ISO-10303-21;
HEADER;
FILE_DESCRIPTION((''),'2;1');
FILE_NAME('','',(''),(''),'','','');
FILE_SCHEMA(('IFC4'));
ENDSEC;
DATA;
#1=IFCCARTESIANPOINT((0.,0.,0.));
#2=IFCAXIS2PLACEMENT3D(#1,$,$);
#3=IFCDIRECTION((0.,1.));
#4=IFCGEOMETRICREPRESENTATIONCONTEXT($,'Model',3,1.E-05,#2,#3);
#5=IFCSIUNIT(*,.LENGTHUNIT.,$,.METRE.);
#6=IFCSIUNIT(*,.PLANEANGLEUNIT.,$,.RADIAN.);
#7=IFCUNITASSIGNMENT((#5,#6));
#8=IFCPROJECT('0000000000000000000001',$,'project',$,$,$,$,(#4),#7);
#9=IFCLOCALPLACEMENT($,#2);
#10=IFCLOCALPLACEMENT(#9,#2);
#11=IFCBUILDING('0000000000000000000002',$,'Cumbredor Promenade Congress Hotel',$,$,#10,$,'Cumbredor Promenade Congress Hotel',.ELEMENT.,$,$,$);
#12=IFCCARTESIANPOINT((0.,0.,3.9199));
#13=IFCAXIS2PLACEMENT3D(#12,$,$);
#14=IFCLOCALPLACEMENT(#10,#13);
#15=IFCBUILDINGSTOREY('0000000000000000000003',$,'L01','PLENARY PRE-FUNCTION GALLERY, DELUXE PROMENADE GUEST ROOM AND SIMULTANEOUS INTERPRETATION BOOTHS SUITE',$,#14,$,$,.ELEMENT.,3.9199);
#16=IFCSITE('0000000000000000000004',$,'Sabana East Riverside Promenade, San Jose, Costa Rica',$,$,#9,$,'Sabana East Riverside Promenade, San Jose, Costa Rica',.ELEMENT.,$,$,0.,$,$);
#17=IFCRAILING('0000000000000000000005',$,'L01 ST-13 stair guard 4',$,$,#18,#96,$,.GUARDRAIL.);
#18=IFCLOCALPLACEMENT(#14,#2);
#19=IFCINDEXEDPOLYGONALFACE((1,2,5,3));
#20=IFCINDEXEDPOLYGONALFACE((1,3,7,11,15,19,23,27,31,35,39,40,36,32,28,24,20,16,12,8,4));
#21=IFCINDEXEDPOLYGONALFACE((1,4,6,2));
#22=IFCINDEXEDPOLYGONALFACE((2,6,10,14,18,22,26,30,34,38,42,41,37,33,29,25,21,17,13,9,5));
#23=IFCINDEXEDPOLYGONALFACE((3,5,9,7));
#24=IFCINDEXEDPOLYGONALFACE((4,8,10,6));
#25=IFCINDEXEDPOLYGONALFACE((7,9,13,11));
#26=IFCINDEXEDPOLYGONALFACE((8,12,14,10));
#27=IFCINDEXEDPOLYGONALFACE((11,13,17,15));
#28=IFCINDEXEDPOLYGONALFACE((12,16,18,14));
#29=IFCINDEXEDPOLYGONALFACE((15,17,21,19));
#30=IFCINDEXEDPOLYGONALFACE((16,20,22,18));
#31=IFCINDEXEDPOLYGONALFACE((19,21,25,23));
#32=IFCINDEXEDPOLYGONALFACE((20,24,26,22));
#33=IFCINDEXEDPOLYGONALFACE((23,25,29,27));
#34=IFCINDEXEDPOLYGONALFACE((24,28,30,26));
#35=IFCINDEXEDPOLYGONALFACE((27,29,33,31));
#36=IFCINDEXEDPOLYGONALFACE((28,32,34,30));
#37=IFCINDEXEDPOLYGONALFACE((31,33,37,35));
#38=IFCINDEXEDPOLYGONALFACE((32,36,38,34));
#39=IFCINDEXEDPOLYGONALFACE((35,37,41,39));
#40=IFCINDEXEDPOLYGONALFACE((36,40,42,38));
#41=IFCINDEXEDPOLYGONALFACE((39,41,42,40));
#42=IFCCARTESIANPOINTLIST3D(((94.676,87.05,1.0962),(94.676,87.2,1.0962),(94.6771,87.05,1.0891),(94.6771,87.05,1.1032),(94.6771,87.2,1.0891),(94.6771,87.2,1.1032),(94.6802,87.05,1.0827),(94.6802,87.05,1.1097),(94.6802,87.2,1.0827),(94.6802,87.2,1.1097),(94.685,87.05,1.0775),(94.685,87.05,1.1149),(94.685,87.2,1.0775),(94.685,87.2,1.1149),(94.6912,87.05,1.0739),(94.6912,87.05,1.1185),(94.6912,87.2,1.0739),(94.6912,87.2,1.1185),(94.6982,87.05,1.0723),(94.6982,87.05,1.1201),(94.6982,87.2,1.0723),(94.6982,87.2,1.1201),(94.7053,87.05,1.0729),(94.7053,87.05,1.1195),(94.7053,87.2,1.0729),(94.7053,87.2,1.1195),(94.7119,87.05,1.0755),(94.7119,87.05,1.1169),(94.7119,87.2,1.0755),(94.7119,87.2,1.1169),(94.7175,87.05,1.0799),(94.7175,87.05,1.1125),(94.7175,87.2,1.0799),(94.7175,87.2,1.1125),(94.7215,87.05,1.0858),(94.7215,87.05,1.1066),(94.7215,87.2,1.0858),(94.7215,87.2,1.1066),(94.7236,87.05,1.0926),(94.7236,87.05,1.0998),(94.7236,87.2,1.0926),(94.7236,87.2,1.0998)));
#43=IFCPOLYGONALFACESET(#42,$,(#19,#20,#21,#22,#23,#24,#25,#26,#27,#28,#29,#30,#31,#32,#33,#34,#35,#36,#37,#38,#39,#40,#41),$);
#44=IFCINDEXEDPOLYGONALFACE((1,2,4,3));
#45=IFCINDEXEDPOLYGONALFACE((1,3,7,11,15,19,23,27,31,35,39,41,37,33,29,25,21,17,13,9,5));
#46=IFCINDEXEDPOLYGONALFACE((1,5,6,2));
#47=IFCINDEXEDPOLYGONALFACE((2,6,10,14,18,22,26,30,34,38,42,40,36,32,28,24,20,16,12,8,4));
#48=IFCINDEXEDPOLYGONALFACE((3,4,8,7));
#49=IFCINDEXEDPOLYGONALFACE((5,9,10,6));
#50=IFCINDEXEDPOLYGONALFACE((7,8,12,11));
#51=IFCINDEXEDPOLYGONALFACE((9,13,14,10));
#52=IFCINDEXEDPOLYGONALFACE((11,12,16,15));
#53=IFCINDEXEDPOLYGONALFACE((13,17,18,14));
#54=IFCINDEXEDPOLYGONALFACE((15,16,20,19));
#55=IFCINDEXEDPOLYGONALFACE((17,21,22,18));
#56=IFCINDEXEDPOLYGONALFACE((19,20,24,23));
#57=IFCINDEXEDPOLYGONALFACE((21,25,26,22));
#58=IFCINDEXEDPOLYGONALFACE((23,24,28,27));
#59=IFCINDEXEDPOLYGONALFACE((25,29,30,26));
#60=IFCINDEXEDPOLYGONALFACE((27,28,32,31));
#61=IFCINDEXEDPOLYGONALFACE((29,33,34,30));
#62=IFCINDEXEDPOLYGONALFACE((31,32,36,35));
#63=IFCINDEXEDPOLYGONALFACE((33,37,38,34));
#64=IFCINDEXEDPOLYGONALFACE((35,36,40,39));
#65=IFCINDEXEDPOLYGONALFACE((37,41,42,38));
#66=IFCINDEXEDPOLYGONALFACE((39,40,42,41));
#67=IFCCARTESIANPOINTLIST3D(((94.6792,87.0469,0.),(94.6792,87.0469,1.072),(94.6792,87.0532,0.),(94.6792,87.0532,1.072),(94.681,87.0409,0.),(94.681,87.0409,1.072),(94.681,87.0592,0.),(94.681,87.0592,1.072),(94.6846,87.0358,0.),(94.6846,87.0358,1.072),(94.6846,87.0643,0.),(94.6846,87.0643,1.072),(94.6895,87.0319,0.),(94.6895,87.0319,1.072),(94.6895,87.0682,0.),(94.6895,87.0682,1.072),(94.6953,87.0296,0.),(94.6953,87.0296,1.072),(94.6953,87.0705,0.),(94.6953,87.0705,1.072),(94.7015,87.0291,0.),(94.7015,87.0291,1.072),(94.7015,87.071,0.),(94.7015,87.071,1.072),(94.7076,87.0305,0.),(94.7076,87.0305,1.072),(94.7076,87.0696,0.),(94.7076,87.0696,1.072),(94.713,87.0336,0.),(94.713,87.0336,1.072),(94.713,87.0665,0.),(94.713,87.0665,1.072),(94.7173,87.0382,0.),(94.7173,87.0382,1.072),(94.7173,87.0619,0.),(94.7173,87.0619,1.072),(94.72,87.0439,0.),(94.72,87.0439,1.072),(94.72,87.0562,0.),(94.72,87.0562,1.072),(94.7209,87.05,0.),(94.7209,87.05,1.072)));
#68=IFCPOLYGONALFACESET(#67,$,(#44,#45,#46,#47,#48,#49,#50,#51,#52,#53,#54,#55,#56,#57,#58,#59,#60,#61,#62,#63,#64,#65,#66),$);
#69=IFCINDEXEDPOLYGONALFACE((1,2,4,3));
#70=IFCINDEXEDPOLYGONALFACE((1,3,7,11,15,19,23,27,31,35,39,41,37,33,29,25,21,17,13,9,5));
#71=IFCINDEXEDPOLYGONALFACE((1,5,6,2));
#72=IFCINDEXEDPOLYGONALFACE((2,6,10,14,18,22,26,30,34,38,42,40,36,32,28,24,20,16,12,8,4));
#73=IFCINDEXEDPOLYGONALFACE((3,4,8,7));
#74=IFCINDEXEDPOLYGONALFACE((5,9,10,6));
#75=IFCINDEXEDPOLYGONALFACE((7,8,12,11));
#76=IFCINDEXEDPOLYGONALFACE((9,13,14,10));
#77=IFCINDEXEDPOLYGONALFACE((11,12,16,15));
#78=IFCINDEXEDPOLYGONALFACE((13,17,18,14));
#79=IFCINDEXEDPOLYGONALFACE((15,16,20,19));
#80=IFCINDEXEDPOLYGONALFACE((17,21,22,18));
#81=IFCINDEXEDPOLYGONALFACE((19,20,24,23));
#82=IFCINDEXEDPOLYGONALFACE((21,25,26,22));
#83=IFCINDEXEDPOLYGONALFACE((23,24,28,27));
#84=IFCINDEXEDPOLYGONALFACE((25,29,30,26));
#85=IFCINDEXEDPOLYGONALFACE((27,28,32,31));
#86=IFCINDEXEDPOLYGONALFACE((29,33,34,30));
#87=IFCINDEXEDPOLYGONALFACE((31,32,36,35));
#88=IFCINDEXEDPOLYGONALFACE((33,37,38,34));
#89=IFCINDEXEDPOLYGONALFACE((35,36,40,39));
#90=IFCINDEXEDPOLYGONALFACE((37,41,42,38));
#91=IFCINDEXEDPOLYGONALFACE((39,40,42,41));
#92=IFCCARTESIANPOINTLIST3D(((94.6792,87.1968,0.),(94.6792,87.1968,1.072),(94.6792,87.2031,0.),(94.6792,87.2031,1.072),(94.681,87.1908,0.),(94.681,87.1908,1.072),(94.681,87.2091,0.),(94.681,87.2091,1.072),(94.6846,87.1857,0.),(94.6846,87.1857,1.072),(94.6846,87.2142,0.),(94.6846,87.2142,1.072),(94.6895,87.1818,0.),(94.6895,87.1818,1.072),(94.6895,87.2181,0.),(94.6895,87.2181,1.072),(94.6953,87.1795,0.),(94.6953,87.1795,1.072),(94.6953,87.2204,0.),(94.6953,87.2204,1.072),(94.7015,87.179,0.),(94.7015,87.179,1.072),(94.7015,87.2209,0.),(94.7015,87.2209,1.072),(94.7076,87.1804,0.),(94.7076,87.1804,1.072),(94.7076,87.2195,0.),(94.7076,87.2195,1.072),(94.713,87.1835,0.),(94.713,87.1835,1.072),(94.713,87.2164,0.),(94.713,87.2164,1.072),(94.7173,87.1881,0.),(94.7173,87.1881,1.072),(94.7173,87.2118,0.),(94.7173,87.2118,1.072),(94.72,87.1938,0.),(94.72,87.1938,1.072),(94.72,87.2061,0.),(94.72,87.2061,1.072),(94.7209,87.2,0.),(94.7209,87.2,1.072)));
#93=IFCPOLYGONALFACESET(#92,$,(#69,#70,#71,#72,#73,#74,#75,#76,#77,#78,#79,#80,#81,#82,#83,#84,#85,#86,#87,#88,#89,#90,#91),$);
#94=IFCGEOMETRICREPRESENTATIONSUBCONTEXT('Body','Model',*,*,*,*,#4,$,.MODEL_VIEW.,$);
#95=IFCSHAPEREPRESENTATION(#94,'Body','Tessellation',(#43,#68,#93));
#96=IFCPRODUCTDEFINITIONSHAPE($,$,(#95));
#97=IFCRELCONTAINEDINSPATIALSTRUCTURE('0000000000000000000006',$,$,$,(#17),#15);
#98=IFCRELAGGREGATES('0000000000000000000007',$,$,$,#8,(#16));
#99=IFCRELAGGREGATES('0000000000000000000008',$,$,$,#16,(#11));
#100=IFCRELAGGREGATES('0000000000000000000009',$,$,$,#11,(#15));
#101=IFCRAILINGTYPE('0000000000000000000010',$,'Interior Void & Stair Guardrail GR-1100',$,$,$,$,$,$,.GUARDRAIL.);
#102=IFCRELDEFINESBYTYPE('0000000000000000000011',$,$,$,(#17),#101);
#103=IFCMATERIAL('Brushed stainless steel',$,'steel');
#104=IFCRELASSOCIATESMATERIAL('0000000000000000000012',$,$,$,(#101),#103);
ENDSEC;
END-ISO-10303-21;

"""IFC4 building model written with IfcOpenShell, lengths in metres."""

from ifc_helpers import new_model, si_unit, direction, frame, origin, origin_2d, place, context, subcontext, project, spatial, circle, extrude, material, type_object, element, save


model = new_model("IFC4")

# Units and contexts
model_context = context("Model", 3, precision=1e-05, world=origin(), true_north=direction((0.0, 1.0)))
body_context = subcontext(model_context, "Body", "Model", "MODEL_VIEW")
ifc_project = project(units=[si_unit("LENGTHUNIT", "METRE"), si_unit("PLANEANGLEUNIT", "RADIAN")], contexts=[model_context])

# Site, building, storey
site_placement = place(None, origin())
site = spatial("IfcSite", under=ifc_project, at=site_placement, Name="Sabana East Riverside Promenade, San Jose, Costa Rica", LongName="Sabana East Riverside Promenade, San Jose, Costa Rica", CompositionType="ELEMENT", RefElevation=0.0)
building_placement = place(site_placement, origin())
building = spatial("IfcBuilding", under=site, at=building_placement, Name="Cumbredor Promenade Congress Hotel", LongName="Cumbredor Promenade Congress Hotel", CompositionType="ELEMENT")
storey_placement = place(building_placement, frame((0.0, 0.0, 3.9199)))
storey = spatial("IfcBuildingStorey", under=building, at=storey_placement, Name="L01", Description="PLENARY PRE-FUNCTION GALLERY, DELUXE PROMENADE GUEST ROOM AND SIMULTANEOUS INTERPRETATION BOOTHS SUITE", CompositionType="ELEMENT", Elevation=3.9199)

# Railing
ifc_material_1 = material(Name="Brushed stainless steel", Category="steel")
railing_type_1 = type_object("IfcRailingType", Name="Interior Void & Stair Guardrail GR-1100", PredefinedType="GUARDRAIL", material=ifc_material_1)
railing_1_placement = place(storey_placement, frame((94.7, 87.05, 0.0)))
element("IfcRailing", 1, at=railing_1_placement, inside=storey, type_object=railing_type_1, Name="L01 ST-13 stair guard 4", PredefinedType="GUARDRAIL", context=body_context, shape_type="SweptSolid", body=[
    extrude(circle(Radius=0.0239, at=origin_2d()), frame((0.0, 0.0, 1.0962), z_axis=(0.0, 1.0, 0.0), x_axis=(-1.0, 0.0, 0.0)), (0.0, 0.0, 1.0), 0.1499),
    extrude(circle(Radius=0.021, at=origin_2d()), origin(), (0.0, 0.0, 1.0), 1.072),
    extrude(circle(Radius=0.021, at=origin_2d()), frame((0.0, 0.1499, 0.0)), (0.0, 0.0, 1.0), 1.072),
])

save(model, "model.ifc")
